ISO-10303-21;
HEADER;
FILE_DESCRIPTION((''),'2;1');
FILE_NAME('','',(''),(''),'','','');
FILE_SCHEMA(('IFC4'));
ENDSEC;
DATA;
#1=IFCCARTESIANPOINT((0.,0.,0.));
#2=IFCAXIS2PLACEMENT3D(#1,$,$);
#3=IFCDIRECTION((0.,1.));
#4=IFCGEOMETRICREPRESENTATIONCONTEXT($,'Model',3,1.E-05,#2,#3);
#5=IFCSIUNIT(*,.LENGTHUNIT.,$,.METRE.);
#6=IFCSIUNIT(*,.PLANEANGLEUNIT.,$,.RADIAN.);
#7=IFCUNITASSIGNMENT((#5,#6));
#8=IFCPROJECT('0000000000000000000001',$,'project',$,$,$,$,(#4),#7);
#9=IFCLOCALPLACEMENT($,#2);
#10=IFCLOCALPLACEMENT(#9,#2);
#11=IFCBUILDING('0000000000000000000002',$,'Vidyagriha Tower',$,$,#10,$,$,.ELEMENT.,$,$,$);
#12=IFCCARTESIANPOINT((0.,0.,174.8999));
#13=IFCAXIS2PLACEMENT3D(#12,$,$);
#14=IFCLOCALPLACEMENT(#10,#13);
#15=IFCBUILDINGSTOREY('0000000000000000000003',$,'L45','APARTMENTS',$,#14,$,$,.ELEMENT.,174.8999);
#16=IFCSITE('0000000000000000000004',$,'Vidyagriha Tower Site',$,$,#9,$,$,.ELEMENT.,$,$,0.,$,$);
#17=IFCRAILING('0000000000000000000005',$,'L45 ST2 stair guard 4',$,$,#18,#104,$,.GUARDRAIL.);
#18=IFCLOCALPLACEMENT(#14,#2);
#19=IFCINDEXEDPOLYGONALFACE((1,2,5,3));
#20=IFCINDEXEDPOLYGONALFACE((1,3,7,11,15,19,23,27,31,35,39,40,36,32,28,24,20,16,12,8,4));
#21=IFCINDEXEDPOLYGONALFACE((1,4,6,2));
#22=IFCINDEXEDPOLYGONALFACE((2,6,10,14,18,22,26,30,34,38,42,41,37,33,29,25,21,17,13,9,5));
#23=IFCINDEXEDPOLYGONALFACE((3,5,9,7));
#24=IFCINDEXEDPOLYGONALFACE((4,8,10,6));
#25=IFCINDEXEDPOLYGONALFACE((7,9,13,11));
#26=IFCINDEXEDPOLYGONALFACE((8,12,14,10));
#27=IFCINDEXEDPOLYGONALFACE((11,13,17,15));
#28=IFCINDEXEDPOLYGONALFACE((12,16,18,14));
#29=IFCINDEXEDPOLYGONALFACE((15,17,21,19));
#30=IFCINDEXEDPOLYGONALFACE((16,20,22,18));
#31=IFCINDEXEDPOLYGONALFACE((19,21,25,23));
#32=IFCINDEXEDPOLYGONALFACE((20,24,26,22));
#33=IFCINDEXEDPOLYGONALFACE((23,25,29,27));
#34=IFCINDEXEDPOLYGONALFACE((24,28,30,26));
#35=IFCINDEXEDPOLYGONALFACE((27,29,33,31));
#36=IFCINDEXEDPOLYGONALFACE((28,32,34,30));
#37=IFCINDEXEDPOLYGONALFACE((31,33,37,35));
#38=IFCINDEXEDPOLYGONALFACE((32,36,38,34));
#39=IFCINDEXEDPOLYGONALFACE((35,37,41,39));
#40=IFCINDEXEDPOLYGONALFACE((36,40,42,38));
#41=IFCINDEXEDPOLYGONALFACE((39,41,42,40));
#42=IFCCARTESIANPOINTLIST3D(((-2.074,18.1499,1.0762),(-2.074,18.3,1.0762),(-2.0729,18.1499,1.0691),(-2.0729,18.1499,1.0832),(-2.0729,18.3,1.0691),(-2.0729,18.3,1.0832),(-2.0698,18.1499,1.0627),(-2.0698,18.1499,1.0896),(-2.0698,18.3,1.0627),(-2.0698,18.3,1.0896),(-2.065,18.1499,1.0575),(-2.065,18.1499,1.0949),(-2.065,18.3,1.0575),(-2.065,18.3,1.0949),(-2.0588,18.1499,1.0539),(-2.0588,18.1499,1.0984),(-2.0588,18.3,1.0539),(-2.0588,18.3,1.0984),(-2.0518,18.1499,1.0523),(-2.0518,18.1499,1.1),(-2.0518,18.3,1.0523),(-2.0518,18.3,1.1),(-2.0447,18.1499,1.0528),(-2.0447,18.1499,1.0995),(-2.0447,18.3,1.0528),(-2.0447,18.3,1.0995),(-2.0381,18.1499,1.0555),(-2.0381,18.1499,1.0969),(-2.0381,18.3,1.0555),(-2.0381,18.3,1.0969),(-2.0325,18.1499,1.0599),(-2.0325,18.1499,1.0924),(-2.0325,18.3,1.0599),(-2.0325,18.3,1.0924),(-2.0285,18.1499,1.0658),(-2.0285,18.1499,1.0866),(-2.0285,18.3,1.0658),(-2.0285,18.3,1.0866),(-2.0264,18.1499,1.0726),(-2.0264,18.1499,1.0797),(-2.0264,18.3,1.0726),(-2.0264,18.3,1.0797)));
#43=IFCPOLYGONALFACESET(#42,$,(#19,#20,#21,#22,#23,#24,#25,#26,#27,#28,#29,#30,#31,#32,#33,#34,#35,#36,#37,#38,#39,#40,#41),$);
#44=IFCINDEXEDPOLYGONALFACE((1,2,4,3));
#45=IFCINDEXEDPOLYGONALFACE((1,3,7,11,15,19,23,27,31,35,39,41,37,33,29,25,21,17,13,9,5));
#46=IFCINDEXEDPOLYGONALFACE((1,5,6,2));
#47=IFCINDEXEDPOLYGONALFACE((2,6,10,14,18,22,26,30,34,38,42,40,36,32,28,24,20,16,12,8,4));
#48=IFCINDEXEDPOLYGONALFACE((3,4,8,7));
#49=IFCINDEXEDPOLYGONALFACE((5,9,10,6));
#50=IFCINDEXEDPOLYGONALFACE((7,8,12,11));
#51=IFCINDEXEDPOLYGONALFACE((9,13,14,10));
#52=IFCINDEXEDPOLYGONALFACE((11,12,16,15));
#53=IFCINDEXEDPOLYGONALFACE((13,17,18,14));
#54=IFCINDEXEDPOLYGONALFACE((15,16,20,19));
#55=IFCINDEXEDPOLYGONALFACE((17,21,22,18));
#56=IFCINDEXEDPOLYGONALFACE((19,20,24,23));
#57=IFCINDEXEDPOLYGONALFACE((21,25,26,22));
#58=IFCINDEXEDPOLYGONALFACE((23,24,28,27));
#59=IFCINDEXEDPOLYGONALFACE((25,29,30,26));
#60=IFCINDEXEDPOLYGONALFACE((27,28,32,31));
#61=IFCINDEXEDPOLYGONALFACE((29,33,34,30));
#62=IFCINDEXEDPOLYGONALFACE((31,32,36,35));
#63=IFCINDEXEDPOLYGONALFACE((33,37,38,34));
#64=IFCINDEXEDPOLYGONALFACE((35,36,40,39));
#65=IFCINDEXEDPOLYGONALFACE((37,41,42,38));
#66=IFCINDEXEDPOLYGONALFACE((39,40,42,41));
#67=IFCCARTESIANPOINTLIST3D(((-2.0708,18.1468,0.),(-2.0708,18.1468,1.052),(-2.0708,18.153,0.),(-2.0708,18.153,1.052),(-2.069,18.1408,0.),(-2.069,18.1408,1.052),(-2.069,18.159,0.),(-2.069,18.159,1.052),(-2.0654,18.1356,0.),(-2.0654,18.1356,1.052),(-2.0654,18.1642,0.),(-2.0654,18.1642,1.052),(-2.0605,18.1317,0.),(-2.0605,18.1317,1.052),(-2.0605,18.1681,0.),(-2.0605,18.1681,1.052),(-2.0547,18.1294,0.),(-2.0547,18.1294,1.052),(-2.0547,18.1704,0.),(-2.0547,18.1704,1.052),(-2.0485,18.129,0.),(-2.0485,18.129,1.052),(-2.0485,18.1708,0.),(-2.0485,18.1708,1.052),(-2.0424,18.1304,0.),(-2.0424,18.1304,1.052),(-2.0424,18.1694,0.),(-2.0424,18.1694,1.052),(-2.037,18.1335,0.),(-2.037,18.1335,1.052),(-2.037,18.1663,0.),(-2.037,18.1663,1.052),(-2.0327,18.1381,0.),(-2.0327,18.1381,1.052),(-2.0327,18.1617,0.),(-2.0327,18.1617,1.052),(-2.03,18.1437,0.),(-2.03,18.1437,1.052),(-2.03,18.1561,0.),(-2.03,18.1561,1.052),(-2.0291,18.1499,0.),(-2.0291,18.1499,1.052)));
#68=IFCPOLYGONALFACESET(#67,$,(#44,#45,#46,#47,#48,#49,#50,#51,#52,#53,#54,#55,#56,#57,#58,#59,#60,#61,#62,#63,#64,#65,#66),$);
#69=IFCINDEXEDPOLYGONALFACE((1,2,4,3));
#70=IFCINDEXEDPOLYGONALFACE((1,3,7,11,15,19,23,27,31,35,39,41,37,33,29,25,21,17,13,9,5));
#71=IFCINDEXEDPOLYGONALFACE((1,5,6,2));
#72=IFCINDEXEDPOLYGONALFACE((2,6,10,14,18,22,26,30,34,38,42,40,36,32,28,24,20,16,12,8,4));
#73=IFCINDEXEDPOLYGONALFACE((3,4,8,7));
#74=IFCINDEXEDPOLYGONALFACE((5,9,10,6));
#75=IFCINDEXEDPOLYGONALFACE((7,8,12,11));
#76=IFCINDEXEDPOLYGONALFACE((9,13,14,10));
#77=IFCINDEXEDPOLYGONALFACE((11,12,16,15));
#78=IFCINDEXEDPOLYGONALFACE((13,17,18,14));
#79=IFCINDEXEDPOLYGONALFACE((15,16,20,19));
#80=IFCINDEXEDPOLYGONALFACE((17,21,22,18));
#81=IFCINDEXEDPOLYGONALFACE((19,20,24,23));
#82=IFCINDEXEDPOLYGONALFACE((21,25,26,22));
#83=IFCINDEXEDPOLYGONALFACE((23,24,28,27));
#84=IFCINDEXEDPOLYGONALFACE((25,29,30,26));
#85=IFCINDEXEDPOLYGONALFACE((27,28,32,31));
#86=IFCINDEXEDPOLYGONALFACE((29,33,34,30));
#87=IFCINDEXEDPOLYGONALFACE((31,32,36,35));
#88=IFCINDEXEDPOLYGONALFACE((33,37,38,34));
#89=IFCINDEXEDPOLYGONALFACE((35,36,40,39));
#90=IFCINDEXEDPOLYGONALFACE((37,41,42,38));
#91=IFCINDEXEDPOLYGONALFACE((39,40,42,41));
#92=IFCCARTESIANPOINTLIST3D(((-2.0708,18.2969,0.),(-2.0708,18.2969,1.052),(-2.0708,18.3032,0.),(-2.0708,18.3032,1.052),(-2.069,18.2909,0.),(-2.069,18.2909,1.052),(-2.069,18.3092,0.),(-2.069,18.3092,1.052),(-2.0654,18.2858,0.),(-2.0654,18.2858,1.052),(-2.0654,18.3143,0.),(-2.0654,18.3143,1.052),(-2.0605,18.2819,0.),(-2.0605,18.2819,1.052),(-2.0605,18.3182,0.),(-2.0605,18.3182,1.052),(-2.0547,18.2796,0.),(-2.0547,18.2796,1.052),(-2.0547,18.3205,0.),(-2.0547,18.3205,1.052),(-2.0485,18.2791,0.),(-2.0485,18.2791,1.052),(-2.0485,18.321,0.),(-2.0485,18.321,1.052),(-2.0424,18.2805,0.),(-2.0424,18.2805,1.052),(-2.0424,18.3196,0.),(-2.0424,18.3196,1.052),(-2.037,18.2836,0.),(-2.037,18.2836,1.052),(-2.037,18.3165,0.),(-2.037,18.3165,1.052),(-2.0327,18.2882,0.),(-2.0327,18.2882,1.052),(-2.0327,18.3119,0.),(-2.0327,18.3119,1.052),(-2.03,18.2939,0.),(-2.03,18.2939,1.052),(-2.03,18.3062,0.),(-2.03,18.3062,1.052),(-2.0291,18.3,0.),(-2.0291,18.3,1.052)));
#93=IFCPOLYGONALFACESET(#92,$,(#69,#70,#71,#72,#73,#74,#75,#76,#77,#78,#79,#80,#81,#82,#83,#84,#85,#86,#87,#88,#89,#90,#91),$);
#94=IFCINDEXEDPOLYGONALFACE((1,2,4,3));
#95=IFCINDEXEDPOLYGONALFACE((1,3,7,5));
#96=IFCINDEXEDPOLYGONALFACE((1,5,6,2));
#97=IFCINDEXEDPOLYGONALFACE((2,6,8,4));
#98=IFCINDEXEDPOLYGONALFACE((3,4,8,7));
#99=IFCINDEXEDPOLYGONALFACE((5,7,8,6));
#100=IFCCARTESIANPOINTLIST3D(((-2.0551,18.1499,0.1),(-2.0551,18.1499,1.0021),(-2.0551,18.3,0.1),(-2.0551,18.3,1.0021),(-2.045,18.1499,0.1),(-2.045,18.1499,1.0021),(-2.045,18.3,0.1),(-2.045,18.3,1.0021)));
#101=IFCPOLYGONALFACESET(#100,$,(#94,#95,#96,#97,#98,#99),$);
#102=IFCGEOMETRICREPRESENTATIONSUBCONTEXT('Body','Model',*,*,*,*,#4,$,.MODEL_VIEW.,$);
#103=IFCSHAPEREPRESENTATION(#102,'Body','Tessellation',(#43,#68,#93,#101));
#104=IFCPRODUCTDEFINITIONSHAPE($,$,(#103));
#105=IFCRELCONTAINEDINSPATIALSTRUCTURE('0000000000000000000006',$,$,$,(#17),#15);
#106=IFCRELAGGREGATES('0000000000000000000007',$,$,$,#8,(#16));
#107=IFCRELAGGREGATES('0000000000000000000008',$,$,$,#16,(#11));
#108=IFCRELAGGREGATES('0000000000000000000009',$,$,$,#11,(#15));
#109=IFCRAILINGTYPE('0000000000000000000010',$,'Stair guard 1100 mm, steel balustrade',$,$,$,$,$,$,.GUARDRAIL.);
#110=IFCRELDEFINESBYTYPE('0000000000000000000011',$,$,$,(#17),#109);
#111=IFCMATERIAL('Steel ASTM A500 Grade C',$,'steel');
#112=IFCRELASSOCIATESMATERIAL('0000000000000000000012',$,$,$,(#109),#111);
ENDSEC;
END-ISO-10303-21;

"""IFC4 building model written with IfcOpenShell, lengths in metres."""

from ifc_helpers import new_model, si_unit, direction, frame, origin, origin_2d, place, context, subcontext, project, spatial, rectangle, circle, extrude, material, type_object, element, save


model = new_model("IFC4")

# Units and contexts
model_context = context("Model", 3, precision=1e-05, world=origin(), true_north=direction((0.0, 1.0)))
body_context = subcontext(model_context, "Body", "Model", "MODEL_VIEW")
ifc_project = project(units=[si_unit("LENGTHUNIT", "METRE"), si_unit("PLANEANGLEUNIT", "RADIAN")], contexts=[model_context])

# Site, building, storey
site_placement = place(None, origin())
site = spatial("IfcSite", under=ifc_project, at=site_placement, Name="Vidyagriha Tower Site", CompositionType="ELEMENT", RefElevation=0.0)
building_placement = place(site_placement, origin())
building = spatial("IfcBuilding", under=site, at=building_placement, Name="Vidyagriha Tower", CompositionType="ELEMENT")
storey_placement = place(building_placement, frame((0.0, 0.0, 174.8999)))
storey = spatial("IfcBuildingStorey", under=building, at=storey_placement, Name="L45", Description="APARTMENTS", CompositionType="ELEMENT", Elevation=174.8999)

# Railing
ifc_material_1 = material(Name="Steel ASTM A500 Grade C", Category="steel")
railing_type_1 = type_object("IfcRailingType", Name="Stair guard 1100 mm, steel balustrade", PredefinedType="GUARDRAIL", material=ifc_material_1)
railing_1_placement = place(storey_placement, frame((-2.05, 18.1499, 0.0)))
element("IfcRailing", 1, at=railing_1_placement, inside=storey, type_object=railing_type_1, Name="L45 ST2 stair guard 4", PredefinedType="GUARDRAIL", context=body_context, shape_type="SweptSolid", body=[
    extrude(circle(Radius=0.0239, at=origin_2d()), frame((0.0, 0.0, 1.0762), z_axis=(0.0, 1.0, 0.0), x_axis=(-1.0, 0.0, 0.0)), (0.0, 0.0, 1.0), 0.1501),
    extrude(circle(Radius=0.021, at=origin_2d()), origin(), (0.0, 0.0, 1.0), 1.052),
    extrude(circle(Radius=0.021, at=origin_2d()), frame((0.0, 0.1501, 0.0)), (0.0, 0.0, 1.0), 1.052),
    extrude(rectangle(XDim=0.01, YDim=0.9021, at=origin_2d()), frame((0.0, 0.0, 0.551), z_axis=(0.0, 1.0, 0.0), x_axis=(-1.0, 0.0, 0.0)), (0.0, 0.0, 1.0), 0.1501),
])

save(model, "model.ifc")
